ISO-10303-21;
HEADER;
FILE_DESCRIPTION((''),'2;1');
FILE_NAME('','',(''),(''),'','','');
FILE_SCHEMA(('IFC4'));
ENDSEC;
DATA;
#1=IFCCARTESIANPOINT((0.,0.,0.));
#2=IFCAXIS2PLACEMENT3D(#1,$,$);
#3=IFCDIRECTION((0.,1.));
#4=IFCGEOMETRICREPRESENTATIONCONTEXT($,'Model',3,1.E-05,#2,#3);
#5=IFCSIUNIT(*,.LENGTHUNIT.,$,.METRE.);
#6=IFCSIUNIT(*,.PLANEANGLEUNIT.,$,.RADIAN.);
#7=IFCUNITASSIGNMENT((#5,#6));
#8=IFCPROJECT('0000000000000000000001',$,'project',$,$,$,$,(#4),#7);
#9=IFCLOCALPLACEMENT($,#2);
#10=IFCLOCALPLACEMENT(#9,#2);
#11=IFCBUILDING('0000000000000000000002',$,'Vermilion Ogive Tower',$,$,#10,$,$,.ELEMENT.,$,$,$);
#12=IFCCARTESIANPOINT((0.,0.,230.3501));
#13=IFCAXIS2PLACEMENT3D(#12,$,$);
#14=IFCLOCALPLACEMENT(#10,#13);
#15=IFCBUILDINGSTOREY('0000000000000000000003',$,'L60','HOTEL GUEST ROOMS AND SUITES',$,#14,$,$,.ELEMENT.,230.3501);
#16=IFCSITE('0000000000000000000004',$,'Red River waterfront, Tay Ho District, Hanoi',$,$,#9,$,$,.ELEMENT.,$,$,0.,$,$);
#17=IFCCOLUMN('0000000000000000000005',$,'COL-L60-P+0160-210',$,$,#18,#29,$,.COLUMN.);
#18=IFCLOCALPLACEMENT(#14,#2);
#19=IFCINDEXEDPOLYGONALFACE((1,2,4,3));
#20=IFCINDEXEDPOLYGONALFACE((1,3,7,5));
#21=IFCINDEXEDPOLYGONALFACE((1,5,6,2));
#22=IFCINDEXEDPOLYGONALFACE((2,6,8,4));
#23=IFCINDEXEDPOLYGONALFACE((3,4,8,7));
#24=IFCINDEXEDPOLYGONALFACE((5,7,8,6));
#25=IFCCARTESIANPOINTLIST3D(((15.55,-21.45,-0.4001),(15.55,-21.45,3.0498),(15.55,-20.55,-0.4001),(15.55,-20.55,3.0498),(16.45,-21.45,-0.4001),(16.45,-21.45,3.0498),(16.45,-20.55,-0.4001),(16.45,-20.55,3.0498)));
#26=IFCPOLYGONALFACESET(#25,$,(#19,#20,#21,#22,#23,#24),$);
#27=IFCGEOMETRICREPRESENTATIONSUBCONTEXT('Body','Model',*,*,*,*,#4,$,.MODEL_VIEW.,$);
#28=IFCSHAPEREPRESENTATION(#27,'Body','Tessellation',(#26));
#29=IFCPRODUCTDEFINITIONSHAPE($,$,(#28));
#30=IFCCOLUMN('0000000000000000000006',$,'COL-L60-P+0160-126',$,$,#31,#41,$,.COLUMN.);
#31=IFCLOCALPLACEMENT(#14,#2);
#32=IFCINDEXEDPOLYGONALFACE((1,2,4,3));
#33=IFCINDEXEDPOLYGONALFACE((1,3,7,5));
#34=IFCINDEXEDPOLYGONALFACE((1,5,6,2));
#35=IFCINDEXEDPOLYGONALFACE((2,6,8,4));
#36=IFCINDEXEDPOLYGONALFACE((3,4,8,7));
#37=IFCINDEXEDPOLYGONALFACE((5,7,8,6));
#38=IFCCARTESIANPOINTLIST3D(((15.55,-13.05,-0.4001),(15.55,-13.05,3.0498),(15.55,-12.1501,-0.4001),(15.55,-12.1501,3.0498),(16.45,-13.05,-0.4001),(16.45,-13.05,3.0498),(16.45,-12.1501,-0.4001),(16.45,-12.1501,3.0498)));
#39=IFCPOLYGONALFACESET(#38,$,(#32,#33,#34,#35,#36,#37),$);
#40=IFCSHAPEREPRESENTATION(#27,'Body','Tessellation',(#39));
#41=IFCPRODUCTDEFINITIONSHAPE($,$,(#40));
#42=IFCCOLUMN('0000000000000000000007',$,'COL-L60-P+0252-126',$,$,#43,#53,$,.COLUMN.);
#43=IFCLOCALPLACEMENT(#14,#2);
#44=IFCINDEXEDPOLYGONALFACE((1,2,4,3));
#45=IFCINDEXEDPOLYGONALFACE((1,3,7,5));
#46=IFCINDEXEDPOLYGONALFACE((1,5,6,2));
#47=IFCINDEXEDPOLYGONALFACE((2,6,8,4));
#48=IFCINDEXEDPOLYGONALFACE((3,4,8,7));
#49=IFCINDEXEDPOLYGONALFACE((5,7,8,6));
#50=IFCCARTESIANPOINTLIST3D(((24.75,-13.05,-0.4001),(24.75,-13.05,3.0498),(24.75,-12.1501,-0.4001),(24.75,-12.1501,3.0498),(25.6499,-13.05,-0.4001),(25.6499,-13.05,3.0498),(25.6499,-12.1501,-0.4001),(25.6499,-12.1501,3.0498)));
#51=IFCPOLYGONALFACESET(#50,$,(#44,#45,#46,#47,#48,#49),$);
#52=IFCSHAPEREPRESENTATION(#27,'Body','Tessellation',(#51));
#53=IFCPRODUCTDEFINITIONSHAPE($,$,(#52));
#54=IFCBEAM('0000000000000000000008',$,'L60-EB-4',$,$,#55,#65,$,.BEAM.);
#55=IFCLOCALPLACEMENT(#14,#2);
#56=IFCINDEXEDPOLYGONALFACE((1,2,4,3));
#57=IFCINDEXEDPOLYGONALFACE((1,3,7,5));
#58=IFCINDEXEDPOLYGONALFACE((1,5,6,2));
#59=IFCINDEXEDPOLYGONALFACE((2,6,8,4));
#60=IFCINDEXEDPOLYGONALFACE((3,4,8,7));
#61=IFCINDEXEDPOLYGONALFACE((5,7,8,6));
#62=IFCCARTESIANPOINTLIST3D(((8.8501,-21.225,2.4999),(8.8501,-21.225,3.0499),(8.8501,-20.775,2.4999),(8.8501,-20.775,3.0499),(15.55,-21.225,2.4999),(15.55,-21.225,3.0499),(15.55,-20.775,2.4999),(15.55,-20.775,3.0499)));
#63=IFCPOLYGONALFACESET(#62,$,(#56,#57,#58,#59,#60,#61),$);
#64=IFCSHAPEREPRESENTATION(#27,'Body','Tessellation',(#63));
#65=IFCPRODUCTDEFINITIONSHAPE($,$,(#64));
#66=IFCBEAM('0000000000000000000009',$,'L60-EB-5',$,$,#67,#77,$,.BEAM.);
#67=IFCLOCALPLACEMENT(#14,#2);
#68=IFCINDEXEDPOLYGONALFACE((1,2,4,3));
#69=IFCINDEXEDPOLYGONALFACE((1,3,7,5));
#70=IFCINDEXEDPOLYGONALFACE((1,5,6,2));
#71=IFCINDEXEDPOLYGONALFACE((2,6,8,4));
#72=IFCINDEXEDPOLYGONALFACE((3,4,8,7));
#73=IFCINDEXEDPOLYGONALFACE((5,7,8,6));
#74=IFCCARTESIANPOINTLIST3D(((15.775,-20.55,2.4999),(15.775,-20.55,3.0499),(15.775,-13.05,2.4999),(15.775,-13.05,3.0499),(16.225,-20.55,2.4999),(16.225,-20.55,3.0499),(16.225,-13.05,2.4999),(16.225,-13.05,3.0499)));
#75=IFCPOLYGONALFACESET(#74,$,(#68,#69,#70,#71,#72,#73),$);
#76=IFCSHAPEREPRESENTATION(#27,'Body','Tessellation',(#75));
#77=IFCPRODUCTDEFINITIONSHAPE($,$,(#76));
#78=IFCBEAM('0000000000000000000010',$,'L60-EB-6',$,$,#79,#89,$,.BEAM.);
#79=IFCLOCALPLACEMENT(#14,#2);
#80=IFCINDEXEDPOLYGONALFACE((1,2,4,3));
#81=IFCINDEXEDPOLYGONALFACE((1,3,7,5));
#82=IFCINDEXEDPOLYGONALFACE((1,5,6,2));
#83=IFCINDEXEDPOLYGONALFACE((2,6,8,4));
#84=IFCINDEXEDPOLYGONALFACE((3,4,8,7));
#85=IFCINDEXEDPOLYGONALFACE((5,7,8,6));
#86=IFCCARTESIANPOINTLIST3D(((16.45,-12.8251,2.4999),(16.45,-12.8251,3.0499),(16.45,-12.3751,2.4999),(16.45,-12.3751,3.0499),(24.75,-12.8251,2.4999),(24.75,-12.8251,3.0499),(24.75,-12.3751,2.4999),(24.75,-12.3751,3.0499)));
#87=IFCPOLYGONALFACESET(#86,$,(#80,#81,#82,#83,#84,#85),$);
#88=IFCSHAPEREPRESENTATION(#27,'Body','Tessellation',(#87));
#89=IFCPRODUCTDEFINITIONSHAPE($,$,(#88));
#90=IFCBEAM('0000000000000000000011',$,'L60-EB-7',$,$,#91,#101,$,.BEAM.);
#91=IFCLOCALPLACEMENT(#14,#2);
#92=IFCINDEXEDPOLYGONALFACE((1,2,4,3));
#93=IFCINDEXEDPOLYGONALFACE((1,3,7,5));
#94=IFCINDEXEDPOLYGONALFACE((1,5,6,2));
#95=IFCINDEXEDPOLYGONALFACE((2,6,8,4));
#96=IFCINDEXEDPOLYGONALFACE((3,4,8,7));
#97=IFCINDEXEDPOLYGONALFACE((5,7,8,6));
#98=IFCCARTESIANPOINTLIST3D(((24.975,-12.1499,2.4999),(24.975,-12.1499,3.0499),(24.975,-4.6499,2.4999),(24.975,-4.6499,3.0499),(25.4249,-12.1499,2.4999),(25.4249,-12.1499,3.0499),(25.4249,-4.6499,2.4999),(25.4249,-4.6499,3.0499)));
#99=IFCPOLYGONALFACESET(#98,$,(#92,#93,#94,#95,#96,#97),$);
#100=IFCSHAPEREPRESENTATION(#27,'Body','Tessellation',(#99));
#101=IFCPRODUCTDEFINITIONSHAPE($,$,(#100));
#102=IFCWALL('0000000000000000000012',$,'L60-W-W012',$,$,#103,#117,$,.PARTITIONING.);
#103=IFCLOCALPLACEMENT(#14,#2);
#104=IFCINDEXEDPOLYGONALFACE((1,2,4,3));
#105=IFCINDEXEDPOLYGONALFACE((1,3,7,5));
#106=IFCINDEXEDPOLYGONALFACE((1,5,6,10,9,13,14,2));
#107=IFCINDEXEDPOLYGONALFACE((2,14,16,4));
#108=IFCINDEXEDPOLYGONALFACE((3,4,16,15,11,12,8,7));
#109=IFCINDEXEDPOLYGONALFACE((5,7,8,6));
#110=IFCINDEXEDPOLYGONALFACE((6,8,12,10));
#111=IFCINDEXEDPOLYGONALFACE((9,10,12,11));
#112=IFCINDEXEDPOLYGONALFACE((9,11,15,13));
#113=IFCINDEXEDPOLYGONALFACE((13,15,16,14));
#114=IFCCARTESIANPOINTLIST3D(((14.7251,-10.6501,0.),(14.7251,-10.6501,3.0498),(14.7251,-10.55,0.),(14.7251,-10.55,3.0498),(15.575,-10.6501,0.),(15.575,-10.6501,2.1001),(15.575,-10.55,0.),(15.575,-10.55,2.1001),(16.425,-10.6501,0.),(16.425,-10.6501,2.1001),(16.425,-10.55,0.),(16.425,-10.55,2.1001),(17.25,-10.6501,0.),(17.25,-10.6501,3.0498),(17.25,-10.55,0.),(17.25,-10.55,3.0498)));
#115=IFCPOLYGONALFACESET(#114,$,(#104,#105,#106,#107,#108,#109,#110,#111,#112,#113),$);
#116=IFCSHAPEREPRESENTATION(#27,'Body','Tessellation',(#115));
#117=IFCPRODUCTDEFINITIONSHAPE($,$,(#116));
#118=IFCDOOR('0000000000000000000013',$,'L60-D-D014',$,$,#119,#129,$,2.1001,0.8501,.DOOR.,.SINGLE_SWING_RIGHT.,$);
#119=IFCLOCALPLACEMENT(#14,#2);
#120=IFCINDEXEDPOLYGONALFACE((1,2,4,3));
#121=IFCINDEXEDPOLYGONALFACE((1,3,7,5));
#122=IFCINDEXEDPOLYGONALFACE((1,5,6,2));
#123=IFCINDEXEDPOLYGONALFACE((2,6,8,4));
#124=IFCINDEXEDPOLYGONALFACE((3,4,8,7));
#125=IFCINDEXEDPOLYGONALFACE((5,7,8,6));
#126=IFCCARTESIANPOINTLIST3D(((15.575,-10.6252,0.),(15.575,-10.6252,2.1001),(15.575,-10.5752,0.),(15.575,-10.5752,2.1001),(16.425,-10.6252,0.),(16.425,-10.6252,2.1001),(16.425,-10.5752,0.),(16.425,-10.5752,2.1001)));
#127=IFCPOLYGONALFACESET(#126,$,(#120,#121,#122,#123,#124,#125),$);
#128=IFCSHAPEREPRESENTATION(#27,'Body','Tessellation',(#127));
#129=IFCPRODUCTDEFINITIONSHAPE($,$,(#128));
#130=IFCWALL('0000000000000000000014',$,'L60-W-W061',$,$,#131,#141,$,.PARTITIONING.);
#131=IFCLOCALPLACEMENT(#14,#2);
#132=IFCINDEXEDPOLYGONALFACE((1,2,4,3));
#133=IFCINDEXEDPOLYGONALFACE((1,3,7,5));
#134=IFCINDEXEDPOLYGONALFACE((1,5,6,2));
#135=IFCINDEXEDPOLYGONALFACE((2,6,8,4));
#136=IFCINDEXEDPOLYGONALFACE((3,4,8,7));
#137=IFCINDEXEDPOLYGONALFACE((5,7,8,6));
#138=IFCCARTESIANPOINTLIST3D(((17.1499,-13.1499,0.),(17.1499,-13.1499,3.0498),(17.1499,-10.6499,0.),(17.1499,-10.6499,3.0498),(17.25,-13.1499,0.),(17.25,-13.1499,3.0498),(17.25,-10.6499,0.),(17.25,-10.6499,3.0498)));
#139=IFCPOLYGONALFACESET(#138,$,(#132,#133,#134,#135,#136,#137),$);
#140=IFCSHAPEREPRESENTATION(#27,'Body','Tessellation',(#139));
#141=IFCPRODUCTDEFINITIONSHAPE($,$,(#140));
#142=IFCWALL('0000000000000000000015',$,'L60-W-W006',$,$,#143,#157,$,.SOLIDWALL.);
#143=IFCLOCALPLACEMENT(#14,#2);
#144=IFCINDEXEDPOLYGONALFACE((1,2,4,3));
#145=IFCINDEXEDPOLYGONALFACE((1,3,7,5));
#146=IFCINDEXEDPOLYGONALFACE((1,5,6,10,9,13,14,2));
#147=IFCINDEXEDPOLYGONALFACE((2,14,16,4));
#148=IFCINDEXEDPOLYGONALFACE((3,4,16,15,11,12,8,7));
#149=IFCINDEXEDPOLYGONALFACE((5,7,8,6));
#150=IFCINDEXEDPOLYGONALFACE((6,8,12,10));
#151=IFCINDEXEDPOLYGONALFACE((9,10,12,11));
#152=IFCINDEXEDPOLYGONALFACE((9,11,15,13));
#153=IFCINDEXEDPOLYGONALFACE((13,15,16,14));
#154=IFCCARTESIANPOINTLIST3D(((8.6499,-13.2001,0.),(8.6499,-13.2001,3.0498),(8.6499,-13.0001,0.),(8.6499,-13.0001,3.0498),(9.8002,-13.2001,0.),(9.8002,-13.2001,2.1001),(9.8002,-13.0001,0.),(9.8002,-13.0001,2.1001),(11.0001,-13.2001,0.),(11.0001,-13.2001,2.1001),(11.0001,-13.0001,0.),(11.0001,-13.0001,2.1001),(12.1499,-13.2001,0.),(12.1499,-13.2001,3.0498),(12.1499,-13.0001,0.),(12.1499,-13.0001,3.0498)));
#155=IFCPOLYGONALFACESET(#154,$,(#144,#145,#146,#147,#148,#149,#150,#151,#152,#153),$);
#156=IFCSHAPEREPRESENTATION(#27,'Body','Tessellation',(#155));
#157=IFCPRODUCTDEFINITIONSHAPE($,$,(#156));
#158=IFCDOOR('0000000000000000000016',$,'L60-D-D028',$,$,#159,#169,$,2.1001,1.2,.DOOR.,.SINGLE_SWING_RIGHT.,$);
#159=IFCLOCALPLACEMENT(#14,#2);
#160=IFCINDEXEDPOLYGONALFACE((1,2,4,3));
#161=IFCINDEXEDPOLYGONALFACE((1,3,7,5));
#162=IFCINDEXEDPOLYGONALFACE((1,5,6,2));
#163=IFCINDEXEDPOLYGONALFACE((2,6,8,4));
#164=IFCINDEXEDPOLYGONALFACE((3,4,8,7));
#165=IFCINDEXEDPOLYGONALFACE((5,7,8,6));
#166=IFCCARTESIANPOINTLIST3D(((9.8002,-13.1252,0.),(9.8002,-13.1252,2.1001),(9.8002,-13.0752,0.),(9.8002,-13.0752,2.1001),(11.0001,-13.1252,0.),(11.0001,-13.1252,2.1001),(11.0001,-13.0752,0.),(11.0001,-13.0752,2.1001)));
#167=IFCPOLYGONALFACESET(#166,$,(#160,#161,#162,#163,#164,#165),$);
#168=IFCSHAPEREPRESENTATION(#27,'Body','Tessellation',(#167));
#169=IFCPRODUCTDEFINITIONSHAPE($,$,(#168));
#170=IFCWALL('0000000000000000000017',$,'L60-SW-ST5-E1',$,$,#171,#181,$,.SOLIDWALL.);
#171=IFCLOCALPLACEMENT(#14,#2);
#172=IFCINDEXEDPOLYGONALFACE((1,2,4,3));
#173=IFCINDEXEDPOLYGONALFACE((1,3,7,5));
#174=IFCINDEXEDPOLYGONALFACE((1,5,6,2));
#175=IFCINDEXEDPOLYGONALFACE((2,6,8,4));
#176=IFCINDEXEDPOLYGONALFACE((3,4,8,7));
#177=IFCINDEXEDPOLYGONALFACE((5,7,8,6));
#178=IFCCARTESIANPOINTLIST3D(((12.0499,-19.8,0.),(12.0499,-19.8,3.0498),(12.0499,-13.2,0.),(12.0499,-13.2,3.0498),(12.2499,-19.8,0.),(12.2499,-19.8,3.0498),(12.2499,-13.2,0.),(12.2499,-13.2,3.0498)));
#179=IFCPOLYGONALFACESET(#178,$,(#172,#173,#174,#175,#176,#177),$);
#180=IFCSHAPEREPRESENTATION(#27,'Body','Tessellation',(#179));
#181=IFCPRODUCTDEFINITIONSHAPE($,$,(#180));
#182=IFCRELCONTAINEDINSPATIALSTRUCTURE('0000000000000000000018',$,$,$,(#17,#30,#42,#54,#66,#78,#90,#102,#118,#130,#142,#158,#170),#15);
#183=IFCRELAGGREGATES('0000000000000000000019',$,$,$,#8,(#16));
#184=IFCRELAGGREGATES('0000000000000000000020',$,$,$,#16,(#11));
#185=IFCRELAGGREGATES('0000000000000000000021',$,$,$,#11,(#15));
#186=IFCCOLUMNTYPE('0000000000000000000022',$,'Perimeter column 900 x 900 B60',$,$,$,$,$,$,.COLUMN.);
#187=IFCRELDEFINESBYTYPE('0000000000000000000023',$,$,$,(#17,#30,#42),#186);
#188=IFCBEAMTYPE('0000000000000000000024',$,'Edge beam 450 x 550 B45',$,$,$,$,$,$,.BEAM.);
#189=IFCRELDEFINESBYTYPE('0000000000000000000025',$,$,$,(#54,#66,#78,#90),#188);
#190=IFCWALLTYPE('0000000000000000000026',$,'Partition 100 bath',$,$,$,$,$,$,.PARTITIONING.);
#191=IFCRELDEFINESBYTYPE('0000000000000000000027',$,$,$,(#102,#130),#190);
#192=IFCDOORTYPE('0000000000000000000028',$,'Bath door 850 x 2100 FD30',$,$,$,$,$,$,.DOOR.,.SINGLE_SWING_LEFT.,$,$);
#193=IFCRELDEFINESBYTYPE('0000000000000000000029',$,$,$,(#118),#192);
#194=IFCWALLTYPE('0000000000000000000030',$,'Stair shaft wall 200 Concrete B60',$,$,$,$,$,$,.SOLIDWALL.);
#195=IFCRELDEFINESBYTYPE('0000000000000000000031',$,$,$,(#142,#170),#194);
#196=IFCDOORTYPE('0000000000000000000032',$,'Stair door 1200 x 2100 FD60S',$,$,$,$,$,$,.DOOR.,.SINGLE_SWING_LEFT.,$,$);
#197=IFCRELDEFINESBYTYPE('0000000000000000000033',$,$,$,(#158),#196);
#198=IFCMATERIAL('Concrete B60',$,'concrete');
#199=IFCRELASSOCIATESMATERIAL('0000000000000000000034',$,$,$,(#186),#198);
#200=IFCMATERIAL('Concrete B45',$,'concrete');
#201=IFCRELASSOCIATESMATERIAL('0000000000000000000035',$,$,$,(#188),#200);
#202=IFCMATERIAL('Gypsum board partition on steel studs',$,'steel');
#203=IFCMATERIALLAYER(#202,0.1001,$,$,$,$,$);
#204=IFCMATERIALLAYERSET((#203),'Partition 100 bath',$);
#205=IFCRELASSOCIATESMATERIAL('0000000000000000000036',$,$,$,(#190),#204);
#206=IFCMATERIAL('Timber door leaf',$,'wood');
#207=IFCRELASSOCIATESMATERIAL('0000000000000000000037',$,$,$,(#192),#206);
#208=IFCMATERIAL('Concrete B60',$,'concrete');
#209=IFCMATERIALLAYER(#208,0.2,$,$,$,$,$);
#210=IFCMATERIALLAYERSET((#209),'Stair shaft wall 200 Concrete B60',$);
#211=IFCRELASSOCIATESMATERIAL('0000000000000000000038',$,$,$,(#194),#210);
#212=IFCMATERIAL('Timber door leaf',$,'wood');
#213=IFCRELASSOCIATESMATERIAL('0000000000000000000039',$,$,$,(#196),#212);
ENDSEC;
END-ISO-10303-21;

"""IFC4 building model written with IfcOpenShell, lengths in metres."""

from ifc_helpers import new_model, si_unit, direction, frame, frame_2d, origin, origin_2d, place, context, subcontext, project, spatial, rectangle, extrude, material, layer, layer_set, material_profile, profile_set, type_object, element, fill, save


model = new_model("IFC4")

# Units and contexts
model_context = context("Model", 3, precision=1e-05, world=origin(), true_north=direction((0.0, 1.0)))
body_context = subcontext(model_context, "Body", "Model", "MODEL_VIEW")
ifc_project = project(units=[si_unit("LENGTHUNIT", "METRE"), si_unit("PLANEANGLEUNIT", "RADIAN")], contexts=[model_context])

# Site, building, storey
site_placement = place(None, origin())
site = spatial("IfcSite", under=ifc_project, at=site_placement, Name="Red River waterfront, Tay Ho District, Hanoi", CompositionType="ELEMENT", RefElevation=0.0)
building_placement = place(site_placement, origin())
building = spatial("IfcBuilding", under=site, at=building_placement, Name="Vermilion Ogive Tower", CompositionType="ELEMENT")
storey_placement = place(building_placement, frame((0.0, 0.0, 230.3501)))
storey = spatial("IfcBuildingStorey", under=building, at=storey_placement, Name="L60", Description="HOTEL GUEST ROOMS AND SUITES", CompositionType="ELEMENT", Elevation=230.3501)

# Columns
ifc_material_1 = material(Name="Concrete B60", Category="concrete")
ifc_material_profile_1 = material_profile(ifc_material_1, rectangle(XDim=0.8999, YDim=0.8999, at=origin_2d()), Name="900 x 900")
ifc_profile_set_1 = profile_set([ifc_material_profile_1], Name="Concrete B60")
column_type = type_object("IfcColumnType", Name="Perimeter column 900 x 900 B60", PredefinedType="COLUMN", material=ifc_profile_set_1)
for number, where, z_axis, x_axis, name in (
    (1, (16.0, -21.0, -0.4001), (0.0, 0.0, 1.0), (1.0, 0.0, 0.0), "COL-L60-P+0160-210"),
    (2, (16.0, -12.6001, -0.4001), (0.0, 0.0, 1.0), (1.0, 0.0, 0.0), "COL-L60-P+0160-126"),
    (3, (25.2, -12.6001, -0.4001), (0.0, 0.0, 1.0), (1.0, 0.0, 0.0), "COL-L60-P+0252-126"),
):
    element("IfcColumn", number, at=place(storey_placement, frame(where, z_axis=z_axis, x_axis=x_axis)), inside=storey, type_object=column_type, Name=name, PredefinedType="COLUMN", context=body_context, shape_type="SweptSolid", body=[
        extrude(rectangle(XDim=0.8999, YDim=0.8999, at=origin_2d()), origin(), (0.0, 0.0, 1.0), 3.45),
    ])

# Beams
ifc_material_2 = material(Name="Concrete B45", Category="concrete")
ifc_material_profile_2 = material_profile(ifc_material_2, rectangle(XDim=0.45, YDim=0.55, at=origin_2d()), Name="450 x 550")
ifc_profile_set_2 = profile_set([ifc_material_profile_2], Name="Concrete B45")
beam_type = type_object("IfcBeamType", Name="Edge beam 450 x 550 B45", PredefinedType="BEAM", material=ifc_profile_set_2)
beam_1_placement = place(storey_placement, frame((8.8501, -21.0, 2.7749), z_axis=(1.0, 0.0, 0.0), x_axis=(0.0, 1.0, 0.0)))
element("IfcBeam", 4, at=beam_1_placement, inside=storey, type_object=beam_type, Name="L60-EB-4", PredefinedType="BEAM", context=body_context, shape_type="SweptSolid", body=[
    extrude(rectangle(XDim=0.45, YDim=0.55, at=origin_2d()), origin(), (0.0, 0.0, 1.0), 6.7),
])
beam_2_placement = place(storey_placement, frame((16.0, -20.55, 2.7749), z_axis=(0.0, 1.0, 0.0), x_axis=(-1.0, 0.0, 0.0)))
element("IfcBeam", 5, at=beam_2_placement, inside=storey, type_object=beam_type, Name="L60-EB-5", PredefinedType="BEAM", context=body_context, shape_type="SweptSolid", body=[
    extrude(rectangle(XDim=0.45, YDim=0.55, at=origin_2d()), origin(), (0.0, 0.0, 1.0), 7.5),
])
beam_3_placement = place(storey_placement, frame((16.45, -12.6001, 2.7749), z_axis=(1.0, 0.0, 0.0), x_axis=(0.0, 1.0, 0.0)))
element("IfcBeam", 6, at=beam_3_placement, inside=storey, type_object=beam_type, Name="L60-EB-6", PredefinedType="BEAM", context=body_context, shape_type="SweptSolid", body=[
    extrude(rectangle(XDim=0.45, YDim=0.55, at=origin_2d()), origin(), (0.0, 0.0, 1.0), 8.3),
])
beam_4_placement = place(storey_placement, frame((25.2, -12.1499, 2.7749), z_axis=(0.0, 1.0, 0.0), x_axis=(-1.0, 0.0, 0.0)))
element("IfcBeam", 7, at=beam_4_placement, inside=storey, type_object=beam_type, Name="L60-EB-7", PredefinedType="BEAM", context=body_context, shape_type="SweptSolid", body=[
    extrude(rectangle(XDim=0.45, YDim=0.55, at=origin_2d()), origin(), (0.0, 0.0, 1.0), 7.5),
])

# Wall, opening, door
ifc_material_3 = material(Name="Gypsum board partition on steel studs", Category="steel")
ifc_layer_1 = layer(ifc_material_3, 0.1001)
ifc_layer_set_1 = layer_set([ifc_layer_1], Name="Partition 100 bath")
wall_type_1 = type_object("IfcWallType", Name="Partition 100 bath", PredefinedType="PARTITIONING", material=ifc_layer_set_1)
wall_1_placement = place(storey_placement, frame((14.7251, -10.6001, 0.0), z_axis=(0.0, 0.0, 1.0), x_axis=(1.0, 0.0, 0.0)))
wall_1 = element("IfcWall", 8, at=wall_1_placement, inside=storey, type_object=wall_type_1, Name="L60-W-W012", PredefinedType="PARTITIONING", context=body_context, shape_type="SweptSolid", body=[
    extrude(rectangle(XDim=2.5249, YDim=0.1001, at=frame_2d((1.2625, 0.0))), origin(), (0.0, 0.0, 1.0), 3.0498),
])
opening_1_placement = place(wall_1_placement, frame((0.8499, 0.0, 0.0)))
opening_1 = element("IfcOpeningElement", 9, at=opening_1_placement, cuts=wall_1, PredefinedType="OPENING", context=body_context, shape_type="SweptSolid", body=[
    extrude(rectangle(XDim=0.8501, YDim=2.1001, at=frame_2d((0.425, 1.05))), frame((0.0, 0.0601, 0.0), z_axis=(0.0, -1.0, 0.0), x_axis=(1.0, 0.0, 0.0)), (0.0, 0.0, 1.0), 0.1201),
])
ifc_material_4 = material(Name="Timber door leaf", Category="wood")
door_type_1 = type_object("IfcDoorType", Name="Bath door 850 x 2100 FD30", OperationType="SINGLE_SWING_LEFT", PredefinedType="DOOR", material=ifc_material_4)
door_1_placement = place(opening_1_placement, origin())
door_1 = element("IfcDoor", 10, at=door_1_placement, inside=storey, type_object=door_type_1, Name="L60-D-D014", OperationType="SINGLE_SWING_RIGHT", OverallHeight=2.1001, OverallWidth=0.8501, PredefinedType="DOOR", context=body_context, shape_type="SweptSolid", body=[
    extrude(rectangle(XDim=0.8501, YDim=2.1001, at=frame_2d((0.425, 1.05))), frame((0.0, 0.0249, 0.0), z_axis=(0.0, -1.0, 0.0), x_axis=(1.0, 0.0, 0.0)), (0.0, 0.0, 1.0), 0.05),
])
fill(opening_1, door_1)

# Wall
wall_2_placement = place(storey_placement, frame((17.2, -13.1499, 0.0), z_axis=(0.0, 0.0, 1.0), x_axis=(0.0, 1.0, 0.0)))
element("IfcWall", 11, at=wall_2_placement, inside=storey, type_object=wall_type_1, Name="L60-W-W061", PredefinedType="PARTITIONING", context=body_context, shape_type="SweptSolid", body=[
    extrude(rectangle(XDim=2.5, YDim=0.1001, at=frame_2d((1.25, 0.0))), origin(), (0.0, 0.0, 1.0), 3.0498),
])

# Wall, opening, door
ifc_material_5 = material(Name="Concrete B60", Category="concrete")
ifc_layer_2 = layer(ifc_material_5, 0.2)
ifc_layer_set_2 = layer_set([ifc_layer_2], Name="Stair shaft wall 200 Concrete B60")
wall_type_2 = type_object("IfcWallType", Name="Stair shaft wall 200 Concrete B60", PredefinedType="SOLIDWALL", material=ifc_layer_set_2)
wall_3_placement = place(storey_placement, frame((8.6499, -13.1001, 0.0), z_axis=(0.0, 0.0, 1.0), x_axis=(1.0, 0.0, 0.0)))
wall_3 = element("IfcWall", 12, at=wall_3_placement, inside=storey, type_object=wall_type_2, Name="L60-W-W006", PredefinedType="SOLIDWALL", context=body_context, shape_type="SweptSolid", body=[
    extrude(rectangle(XDim=3.5, YDim=0.2, at=frame_2d((1.75, 0.0))), origin(), (0.0, 0.0, 1.0), 3.0498),
])
opening_2_placement = place(wall_3_placement, frame((1.1501, 0.0, 0.0)))
opening_2 = element("IfcOpeningElement", 13, at=opening_2_placement, cuts=wall_3, PredefinedType="OPENING", context=body_context, shape_type="SweptSolid", body=[
    extrude(rectangle(XDim=1.2, YDim=2.1001, at=frame_2d((0.6001, 1.05))), frame((0.0, 0.1099, 0.0), z_axis=(0.0, -1.0, 0.0), x_axis=(1.0, 0.0, 0.0)), (0.0, 0.0, 1.0), 0.22),
])
ifc_material_6 = material(Name="Timber door leaf", Category="wood")
door_type_2 = type_object("IfcDoorType", Name="Stair door 1200 x 2100 FD60S", OperationType="SINGLE_SWING_LEFT", PredefinedType="DOOR", material=ifc_material_6)
door_2_placement = place(opening_2_placement, origin())
door_2 = element("IfcDoor", 14, at=door_2_placement, inside=storey, type_object=door_type_2, Name="L60-D-D028", OperationType="SINGLE_SWING_RIGHT", OverallHeight=2.1001, OverallWidth=1.2, PredefinedType="DOOR", context=body_context, shape_type="SweptSolid", body=[
    extrude(rectangle(XDim=1.2, YDim=2.1001, at=frame_2d((0.6001, 1.05))), frame((0.0, 0.0249, 0.0), z_axis=(0.0, -1.0, 0.0), x_axis=(1.0, 0.0, 0.0)), (0.0, 0.0, 1.0), 0.05),
])
fill(opening_2, door_2)

# Wall
wall_4_placement = place(storey_placement, frame((12.1499, -19.8, 0.0), z_axis=(0.0, 0.0, 1.0), x_axis=(0.0, 1.0, 0.0)))
element("IfcWall", 15, at=wall_4_placement, inside=storey, type_object=wall_type_2, Name="L60-SW-ST5-E1", PredefinedType="SOLIDWALL", context=body_context, shape_type="SweptSolid", body=[
    extrude(rectangle(XDim=6.6001, YDim=0.2, at=frame_2d((3.3, 0.0))), origin(), (0.0, 0.0, 1.0), 3.0498),
])

save(model, "model.ifc")
